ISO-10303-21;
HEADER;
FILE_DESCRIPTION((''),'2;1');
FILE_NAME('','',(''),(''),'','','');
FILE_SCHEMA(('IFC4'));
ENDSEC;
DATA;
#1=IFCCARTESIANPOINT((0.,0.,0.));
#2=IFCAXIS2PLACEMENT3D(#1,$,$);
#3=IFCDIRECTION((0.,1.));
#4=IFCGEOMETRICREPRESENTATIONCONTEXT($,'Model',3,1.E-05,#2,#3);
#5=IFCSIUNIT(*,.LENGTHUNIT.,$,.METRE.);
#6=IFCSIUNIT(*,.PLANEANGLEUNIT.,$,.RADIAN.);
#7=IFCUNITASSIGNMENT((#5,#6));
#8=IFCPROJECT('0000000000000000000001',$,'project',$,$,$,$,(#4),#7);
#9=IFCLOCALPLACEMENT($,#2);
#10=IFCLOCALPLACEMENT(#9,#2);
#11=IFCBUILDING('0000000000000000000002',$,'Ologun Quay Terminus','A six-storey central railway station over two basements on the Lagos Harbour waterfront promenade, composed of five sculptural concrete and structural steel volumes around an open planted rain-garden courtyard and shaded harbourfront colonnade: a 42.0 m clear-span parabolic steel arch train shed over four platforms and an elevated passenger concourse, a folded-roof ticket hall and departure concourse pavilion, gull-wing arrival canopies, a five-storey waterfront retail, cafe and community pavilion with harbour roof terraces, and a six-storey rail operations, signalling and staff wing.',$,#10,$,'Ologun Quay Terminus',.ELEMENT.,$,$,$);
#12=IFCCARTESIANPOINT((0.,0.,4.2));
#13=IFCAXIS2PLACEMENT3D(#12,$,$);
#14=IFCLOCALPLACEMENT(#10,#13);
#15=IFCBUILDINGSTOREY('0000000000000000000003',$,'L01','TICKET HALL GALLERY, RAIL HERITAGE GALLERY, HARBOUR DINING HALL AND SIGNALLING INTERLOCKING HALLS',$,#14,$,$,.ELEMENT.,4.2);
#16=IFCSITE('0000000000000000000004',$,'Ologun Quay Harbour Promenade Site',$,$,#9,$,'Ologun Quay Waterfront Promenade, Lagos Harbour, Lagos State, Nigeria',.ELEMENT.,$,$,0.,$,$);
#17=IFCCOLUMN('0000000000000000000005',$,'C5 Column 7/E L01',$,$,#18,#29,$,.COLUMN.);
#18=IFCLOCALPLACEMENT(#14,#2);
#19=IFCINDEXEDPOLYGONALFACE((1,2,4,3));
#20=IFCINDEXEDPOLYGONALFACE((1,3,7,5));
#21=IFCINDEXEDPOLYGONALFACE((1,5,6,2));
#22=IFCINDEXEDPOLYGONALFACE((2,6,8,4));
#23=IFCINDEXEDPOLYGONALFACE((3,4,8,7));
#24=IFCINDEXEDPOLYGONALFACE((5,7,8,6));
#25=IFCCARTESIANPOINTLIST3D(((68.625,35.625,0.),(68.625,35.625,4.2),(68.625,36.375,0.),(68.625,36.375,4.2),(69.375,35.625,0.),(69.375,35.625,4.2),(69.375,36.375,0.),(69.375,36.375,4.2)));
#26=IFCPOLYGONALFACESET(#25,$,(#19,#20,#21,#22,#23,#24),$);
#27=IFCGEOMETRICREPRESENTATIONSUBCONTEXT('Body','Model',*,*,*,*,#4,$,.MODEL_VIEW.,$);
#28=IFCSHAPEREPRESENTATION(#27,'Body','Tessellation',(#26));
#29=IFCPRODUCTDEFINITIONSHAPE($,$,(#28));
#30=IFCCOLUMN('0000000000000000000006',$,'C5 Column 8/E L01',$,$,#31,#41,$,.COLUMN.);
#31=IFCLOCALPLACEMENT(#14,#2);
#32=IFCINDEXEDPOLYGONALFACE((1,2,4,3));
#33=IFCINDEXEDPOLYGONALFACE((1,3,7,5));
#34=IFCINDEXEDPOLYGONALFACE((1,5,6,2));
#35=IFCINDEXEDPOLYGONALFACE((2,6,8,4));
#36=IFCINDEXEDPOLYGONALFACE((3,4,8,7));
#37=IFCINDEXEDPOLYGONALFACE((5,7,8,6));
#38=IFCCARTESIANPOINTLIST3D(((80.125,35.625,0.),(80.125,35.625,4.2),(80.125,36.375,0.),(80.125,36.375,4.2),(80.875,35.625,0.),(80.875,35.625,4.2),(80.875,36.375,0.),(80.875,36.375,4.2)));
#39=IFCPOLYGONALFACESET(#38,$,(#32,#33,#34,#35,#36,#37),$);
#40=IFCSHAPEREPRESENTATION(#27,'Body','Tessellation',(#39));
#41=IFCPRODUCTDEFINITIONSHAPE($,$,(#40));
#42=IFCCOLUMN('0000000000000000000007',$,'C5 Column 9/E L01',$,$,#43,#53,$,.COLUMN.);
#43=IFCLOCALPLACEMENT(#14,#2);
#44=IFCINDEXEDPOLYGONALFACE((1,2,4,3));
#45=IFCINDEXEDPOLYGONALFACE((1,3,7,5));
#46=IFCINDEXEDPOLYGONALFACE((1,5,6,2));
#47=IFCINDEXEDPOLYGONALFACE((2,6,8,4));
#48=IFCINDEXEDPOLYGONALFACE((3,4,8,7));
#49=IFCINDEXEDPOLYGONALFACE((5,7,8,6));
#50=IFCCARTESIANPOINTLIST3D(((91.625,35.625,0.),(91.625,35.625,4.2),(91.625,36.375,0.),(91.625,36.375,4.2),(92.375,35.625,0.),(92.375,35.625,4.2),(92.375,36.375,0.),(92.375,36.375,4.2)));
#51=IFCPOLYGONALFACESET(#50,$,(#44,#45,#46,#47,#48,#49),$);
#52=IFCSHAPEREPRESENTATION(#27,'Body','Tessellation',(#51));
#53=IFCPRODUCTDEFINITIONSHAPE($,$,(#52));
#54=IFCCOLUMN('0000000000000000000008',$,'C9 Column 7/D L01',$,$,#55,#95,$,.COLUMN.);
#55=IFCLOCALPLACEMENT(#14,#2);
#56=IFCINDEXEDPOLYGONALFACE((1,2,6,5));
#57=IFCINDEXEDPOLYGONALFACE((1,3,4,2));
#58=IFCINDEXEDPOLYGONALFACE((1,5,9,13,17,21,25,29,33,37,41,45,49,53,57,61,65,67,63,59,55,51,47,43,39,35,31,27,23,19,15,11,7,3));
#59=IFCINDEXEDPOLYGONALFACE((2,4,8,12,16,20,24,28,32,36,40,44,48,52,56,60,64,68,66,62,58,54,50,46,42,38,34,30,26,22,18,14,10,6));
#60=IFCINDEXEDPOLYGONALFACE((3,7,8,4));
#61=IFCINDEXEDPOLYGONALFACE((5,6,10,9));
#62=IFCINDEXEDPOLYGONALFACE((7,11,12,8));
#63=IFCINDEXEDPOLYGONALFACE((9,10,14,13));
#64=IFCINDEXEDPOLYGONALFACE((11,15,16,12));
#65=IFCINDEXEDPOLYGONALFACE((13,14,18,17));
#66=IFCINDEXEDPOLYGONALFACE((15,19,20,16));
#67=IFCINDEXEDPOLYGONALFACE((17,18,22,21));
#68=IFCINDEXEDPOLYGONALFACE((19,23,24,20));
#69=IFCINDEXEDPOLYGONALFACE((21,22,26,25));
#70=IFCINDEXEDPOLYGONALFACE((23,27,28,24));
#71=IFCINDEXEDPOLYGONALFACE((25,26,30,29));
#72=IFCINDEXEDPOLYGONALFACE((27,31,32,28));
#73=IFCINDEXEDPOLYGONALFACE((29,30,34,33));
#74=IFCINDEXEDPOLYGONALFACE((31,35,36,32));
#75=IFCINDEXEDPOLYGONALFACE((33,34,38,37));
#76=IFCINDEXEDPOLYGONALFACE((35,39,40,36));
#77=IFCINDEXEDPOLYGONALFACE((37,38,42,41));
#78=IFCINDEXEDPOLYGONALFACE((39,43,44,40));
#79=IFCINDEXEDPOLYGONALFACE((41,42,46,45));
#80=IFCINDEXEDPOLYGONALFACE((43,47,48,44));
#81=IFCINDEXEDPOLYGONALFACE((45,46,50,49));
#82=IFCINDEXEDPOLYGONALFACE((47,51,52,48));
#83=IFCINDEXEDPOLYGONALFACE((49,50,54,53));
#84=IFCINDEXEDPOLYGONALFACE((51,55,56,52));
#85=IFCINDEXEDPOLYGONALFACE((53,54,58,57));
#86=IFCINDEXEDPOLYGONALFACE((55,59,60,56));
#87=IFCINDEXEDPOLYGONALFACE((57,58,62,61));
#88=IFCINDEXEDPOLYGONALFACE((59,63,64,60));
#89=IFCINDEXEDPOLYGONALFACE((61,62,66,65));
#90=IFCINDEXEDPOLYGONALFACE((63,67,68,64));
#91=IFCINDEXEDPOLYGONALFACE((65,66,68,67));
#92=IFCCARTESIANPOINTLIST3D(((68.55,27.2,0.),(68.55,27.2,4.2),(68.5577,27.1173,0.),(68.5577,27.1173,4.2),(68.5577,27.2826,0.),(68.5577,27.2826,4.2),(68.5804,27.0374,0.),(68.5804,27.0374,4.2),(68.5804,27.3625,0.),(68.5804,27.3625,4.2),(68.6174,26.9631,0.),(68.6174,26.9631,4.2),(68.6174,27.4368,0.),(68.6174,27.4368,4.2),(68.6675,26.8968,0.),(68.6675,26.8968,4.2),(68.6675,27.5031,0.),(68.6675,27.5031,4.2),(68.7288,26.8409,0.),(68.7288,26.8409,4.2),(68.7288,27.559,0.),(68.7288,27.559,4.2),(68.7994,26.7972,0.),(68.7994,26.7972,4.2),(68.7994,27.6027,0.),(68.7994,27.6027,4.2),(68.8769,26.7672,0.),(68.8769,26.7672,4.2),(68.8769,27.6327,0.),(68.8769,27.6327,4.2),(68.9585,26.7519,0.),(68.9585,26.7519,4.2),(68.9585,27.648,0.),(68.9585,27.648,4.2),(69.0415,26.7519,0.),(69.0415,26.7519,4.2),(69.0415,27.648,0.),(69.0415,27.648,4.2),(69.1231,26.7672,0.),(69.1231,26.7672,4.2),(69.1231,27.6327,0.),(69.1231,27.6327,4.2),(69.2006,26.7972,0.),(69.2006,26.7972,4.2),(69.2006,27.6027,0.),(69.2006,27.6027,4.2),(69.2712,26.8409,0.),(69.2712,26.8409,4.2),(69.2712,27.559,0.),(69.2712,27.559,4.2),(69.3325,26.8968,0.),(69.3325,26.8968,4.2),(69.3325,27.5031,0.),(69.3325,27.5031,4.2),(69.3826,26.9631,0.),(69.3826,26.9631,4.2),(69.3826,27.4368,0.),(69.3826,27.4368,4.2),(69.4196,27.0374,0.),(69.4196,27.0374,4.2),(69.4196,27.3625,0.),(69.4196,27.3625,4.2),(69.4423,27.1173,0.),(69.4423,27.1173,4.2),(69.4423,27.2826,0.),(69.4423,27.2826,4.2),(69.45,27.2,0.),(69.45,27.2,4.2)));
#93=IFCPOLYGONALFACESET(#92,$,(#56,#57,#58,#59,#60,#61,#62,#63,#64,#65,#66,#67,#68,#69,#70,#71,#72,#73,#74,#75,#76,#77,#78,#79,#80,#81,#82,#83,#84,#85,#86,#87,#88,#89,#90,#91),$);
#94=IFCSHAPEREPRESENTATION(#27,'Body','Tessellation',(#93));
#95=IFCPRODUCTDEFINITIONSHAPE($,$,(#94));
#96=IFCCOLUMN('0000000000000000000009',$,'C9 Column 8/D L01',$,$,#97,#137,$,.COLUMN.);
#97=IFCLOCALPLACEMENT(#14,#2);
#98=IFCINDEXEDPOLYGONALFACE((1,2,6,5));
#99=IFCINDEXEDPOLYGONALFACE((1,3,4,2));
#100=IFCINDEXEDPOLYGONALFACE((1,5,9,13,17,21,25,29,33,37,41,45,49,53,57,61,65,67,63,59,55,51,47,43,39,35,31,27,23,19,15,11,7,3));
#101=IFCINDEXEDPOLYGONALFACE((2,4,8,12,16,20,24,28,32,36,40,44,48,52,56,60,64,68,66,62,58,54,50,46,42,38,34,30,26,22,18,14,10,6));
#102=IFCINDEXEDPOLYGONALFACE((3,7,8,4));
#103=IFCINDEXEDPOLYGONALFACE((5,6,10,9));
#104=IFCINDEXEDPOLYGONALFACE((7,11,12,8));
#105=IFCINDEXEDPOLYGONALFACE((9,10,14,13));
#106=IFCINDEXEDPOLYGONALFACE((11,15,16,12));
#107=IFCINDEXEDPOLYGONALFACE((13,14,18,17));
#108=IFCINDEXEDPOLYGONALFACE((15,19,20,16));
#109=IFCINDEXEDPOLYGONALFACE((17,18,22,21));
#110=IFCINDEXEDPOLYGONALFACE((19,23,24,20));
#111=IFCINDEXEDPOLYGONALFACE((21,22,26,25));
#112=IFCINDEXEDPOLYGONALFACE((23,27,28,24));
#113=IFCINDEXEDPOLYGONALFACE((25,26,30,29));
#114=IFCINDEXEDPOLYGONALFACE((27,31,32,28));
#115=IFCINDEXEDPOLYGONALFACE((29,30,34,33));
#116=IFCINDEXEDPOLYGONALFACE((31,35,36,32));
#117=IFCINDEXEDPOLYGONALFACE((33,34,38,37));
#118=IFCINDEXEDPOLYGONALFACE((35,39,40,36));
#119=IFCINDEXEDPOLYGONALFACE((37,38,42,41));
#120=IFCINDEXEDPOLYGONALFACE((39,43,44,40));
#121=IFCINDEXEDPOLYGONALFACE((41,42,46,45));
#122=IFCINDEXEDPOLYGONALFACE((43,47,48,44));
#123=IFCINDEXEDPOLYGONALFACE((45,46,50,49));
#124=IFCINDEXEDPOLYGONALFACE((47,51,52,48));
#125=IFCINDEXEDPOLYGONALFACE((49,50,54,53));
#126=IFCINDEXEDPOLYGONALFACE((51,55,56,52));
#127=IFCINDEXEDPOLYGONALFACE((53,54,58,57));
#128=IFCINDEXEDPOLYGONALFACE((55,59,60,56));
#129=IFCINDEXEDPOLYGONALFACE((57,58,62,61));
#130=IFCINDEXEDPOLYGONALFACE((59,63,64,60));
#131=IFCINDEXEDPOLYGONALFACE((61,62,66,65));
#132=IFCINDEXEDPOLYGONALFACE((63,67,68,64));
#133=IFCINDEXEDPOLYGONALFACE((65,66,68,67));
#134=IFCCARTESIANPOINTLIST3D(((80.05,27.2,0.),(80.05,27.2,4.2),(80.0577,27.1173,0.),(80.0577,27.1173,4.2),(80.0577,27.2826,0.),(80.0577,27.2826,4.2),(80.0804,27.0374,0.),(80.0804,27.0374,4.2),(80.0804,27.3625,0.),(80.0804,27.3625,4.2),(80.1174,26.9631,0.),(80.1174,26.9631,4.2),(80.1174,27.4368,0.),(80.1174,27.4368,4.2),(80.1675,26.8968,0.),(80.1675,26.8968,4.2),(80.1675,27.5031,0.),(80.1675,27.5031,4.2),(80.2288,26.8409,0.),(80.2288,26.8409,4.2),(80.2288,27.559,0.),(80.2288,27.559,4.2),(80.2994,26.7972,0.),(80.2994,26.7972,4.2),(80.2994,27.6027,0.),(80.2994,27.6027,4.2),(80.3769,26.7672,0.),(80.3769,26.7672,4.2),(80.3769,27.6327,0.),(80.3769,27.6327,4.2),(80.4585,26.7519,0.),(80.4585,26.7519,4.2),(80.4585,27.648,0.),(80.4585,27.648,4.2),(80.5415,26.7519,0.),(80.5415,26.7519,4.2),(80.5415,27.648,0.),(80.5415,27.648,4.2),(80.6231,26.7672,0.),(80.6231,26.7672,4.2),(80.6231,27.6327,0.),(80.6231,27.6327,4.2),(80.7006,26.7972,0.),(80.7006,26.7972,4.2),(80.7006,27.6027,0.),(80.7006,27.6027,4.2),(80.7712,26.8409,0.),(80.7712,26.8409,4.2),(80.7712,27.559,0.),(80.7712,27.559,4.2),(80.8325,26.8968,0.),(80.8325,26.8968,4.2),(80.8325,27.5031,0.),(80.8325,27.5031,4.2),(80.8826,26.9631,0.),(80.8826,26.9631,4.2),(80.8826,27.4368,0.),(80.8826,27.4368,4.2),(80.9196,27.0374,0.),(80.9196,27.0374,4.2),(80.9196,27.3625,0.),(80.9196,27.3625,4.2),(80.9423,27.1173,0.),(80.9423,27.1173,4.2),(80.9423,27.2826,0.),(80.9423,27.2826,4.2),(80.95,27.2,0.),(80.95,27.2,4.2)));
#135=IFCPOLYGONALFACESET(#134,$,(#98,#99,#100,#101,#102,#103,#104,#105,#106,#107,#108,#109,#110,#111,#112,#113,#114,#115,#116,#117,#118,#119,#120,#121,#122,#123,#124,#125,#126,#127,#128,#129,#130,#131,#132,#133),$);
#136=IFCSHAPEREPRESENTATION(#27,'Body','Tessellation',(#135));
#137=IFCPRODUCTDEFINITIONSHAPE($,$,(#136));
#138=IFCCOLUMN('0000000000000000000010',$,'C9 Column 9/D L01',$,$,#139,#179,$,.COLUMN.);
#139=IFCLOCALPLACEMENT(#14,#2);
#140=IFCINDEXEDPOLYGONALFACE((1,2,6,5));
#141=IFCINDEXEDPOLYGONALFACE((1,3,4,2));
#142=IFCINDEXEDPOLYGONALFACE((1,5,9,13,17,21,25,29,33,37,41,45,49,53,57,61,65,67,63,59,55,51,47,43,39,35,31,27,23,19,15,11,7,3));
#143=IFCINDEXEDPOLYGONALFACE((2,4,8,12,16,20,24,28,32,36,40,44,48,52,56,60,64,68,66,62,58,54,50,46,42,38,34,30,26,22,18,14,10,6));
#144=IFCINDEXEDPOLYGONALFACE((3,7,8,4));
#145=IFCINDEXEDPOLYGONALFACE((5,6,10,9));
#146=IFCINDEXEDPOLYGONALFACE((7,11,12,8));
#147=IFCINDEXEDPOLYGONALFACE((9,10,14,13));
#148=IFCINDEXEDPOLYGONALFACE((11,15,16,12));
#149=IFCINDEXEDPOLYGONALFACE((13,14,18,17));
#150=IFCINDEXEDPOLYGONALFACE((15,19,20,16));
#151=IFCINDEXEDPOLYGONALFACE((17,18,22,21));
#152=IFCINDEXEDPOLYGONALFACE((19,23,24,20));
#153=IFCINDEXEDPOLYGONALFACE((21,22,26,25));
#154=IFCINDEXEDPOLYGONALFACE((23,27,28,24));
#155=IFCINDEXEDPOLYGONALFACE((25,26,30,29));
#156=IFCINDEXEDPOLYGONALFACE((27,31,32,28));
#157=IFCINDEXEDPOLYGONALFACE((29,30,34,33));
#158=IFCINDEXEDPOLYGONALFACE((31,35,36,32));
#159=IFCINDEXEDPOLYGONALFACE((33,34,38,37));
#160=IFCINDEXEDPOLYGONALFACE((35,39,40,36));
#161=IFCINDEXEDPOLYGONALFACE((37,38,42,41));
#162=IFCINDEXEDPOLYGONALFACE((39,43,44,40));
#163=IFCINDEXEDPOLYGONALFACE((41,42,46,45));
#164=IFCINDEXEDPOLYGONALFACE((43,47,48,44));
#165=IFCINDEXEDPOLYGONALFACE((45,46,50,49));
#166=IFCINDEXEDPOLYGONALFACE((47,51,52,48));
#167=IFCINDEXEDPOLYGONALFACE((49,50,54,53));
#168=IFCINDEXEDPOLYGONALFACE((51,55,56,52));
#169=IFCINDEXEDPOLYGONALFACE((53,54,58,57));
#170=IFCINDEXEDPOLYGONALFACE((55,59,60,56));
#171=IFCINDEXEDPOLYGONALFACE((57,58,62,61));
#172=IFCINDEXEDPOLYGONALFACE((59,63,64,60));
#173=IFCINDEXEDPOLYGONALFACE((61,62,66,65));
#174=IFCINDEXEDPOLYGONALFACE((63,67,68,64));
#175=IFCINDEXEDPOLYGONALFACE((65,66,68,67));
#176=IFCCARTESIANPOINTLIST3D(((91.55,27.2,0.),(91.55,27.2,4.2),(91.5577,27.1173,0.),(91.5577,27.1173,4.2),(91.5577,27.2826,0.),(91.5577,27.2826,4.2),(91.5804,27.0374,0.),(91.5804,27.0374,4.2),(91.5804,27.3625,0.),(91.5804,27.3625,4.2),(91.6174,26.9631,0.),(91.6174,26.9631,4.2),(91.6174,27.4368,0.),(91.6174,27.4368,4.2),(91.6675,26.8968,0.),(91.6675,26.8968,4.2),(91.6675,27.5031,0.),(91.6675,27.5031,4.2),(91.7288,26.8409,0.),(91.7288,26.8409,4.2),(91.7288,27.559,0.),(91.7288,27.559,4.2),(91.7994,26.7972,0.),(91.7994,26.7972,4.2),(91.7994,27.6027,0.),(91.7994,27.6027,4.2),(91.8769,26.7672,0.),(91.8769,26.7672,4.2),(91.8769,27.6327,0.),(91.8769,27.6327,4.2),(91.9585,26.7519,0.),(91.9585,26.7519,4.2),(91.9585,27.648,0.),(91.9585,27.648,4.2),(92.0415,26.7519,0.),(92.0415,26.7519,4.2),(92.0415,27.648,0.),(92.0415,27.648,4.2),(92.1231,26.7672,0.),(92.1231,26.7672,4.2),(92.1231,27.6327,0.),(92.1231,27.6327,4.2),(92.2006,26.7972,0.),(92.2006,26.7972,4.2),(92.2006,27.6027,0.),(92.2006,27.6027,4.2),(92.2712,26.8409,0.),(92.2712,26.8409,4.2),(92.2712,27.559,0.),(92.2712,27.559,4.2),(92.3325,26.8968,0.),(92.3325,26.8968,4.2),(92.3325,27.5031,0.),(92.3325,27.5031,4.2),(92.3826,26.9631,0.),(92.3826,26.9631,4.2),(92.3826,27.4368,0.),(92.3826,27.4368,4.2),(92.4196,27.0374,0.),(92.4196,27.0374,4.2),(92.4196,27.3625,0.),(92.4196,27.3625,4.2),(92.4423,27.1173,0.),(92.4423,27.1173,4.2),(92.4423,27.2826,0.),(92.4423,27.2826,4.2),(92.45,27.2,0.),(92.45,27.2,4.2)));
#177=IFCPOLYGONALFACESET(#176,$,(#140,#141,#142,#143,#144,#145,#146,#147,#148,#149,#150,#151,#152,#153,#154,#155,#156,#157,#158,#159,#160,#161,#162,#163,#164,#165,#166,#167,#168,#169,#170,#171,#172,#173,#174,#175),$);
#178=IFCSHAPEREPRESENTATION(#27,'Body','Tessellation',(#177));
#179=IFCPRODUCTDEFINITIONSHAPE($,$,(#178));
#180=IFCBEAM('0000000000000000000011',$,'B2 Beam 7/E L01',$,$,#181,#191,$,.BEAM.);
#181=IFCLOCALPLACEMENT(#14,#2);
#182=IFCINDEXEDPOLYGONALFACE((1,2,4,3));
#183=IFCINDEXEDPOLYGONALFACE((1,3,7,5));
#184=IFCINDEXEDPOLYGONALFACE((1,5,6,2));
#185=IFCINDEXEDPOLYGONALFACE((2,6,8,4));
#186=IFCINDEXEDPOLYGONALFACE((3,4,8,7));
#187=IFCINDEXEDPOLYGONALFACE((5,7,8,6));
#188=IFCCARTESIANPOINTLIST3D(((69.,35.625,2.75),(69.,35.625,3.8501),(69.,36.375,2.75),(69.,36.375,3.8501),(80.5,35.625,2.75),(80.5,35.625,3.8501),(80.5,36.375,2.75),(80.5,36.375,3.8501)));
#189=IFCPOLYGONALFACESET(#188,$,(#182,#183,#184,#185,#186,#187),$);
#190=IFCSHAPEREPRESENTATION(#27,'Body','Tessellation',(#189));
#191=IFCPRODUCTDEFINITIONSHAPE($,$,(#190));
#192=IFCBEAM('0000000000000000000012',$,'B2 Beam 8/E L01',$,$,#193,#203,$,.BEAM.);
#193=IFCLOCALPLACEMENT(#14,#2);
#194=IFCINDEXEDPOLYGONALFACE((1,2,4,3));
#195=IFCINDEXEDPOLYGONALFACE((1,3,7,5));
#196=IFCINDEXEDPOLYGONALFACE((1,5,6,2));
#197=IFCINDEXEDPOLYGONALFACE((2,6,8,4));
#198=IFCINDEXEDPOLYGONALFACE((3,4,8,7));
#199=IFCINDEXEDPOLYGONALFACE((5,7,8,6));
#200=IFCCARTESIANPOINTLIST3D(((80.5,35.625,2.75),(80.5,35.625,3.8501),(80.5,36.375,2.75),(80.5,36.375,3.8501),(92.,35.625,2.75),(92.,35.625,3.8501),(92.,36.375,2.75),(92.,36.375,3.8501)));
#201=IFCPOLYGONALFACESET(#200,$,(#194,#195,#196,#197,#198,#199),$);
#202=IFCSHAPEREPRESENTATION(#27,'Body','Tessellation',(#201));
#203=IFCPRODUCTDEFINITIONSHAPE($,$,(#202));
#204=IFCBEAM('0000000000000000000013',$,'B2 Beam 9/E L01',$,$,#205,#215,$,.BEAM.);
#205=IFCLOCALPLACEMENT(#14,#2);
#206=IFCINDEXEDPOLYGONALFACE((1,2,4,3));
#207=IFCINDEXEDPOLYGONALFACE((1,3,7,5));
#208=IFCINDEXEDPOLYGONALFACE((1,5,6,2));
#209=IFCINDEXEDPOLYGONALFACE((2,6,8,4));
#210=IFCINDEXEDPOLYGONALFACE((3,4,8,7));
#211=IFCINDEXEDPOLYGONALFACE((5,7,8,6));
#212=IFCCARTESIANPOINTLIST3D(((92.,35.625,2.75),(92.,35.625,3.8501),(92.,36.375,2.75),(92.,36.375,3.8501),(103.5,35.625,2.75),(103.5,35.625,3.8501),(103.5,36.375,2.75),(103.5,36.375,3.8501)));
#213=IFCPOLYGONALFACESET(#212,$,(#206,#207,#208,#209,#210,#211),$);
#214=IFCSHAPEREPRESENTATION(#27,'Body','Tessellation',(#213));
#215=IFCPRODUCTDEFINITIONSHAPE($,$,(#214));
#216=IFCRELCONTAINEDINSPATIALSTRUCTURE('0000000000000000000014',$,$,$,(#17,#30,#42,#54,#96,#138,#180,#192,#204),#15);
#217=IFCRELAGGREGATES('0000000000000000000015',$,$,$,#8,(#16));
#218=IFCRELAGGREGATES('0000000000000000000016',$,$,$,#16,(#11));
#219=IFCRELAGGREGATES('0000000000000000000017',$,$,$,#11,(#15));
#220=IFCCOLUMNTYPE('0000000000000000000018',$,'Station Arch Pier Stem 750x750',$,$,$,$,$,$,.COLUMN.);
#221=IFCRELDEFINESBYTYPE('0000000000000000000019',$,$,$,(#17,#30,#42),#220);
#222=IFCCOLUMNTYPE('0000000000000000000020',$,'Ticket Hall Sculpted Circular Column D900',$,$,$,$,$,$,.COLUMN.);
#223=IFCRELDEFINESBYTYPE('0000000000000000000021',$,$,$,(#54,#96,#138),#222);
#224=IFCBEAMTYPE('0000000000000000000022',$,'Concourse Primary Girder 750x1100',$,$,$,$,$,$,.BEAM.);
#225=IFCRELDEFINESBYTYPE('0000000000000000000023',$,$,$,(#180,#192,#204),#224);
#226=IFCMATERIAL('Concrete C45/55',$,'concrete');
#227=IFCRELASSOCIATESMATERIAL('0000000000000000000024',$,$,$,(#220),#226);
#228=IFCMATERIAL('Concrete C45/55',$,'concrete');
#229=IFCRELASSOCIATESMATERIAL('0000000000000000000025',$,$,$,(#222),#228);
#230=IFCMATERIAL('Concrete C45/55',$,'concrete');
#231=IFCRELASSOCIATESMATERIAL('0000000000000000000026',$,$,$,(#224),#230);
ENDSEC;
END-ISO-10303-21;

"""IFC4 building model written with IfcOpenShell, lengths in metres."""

from ifc_helpers import new_model, si_unit, direction, frame, origin, origin_2d, place, context, subcontext, project, spatial, rectangle, circle, extrude, material, material_profile, profile_set, type_object, element, save


model = new_model("IFC4")

# Units and contexts
model_context = context("Model", 3, precision=1e-05, world=origin(), true_north=direction((0.0, 1.0)))
body_context = subcontext(model_context, "Body", "Model", "MODEL_VIEW")
ifc_project = project(units=[si_unit("LENGTHUNIT", "METRE"), si_unit("PLANEANGLEUNIT", "RADIAN")], contexts=[model_context])

# Site, building, storey
site_placement = place(None, origin())
site = spatial("IfcSite", under=ifc_project, at=site_placement, Name="Ologun Quay Harbour Promenade Site", LongName="Ologun Quay Waterfront Promenade, Lagos Harbour, Lagos State, Nigeria", CompositionType="ELEMENT", RefElevation=0.0)
building_placement = place(site_placement, origin())
building = spatial("IfcBuilding", under=site, at=building_placement, Name="Ologun Quay Terminus", Description="A six-storey central railway station over two basements on the Lagos Harbour waterfront promenade, composed of five sculptural concrete and structural steel volumes around an open planted rain-garden courtyard and shaded harbourfront colonnade: a 42.0 m clear-span parabolic steel arch train shed over four platforms and an elevated passenger concourse, a folded-roof ticket hall and departure concourse pavilion, gull-wing arrival canopies, a five-storey waterfront retail, cafe and community pavilion with harbour roof terraces, and a six-storey rail operations, signalling and staff wing.", LongName="Ologun Quay Terminus", CompositionType="ELEMENT")
storey_placement = place(building_placement, frame((0.0, 0.0, 4.2)))
storey = spatial("IfcBuildingStorey", under=building, at=storey_placement, Name="L01", Description="TICKET HALL GALLERY, RAIL HERITAGE GALLERY, HARBOUR DINING HALL AND SIGNALLING INTERLOCKING HALLS", CompositionType="ELEMENT", Elevation=4.2)

# Columns
ifc_material_1 = material(Name="Concrete C45/55", Category="concrete")
ifc_material_profile_1 = material_profile(ifc_material_1, rectangle(XDim=0.75, YDim=0.75, at=origin_2d()), Name="RC 750x750")
ifc_profile_set_1 = profile_set([ifc_material_profile_1], Name="Concrete C45/55")
column_type_1 = type_object("IfcColumnType", Name="Station Arch Pier Stem 750x750", PredefinedType="COLUMN", material=ifc_profile_set_1)
for number, where, z_axis, x_axis, name in (
    (1, (69.0, 36.0, 0.0), (0.0, 0.0, 1.0), (1.0, 0.0, 0.0), "C5 Column 7/E L01"),
    (2, (80.5, 36.0, 0.0), (0.0, 0.0, 1.0), (1.0, 0.0, 0.0), "C5 Column 8/E L01"),
    (3, (92.0, 36.0, 0.0), (0.0, 0.0, 1.0), (1.0, 0.0, 0.0), "C5 Column 9/E L01"),
):
    element("IfcColumn", number, at=place(storey_placement, frame(where, z_axis=z_axis, x_axis=x_axis)), inside=storey, type_object=column_type_1, Name=name, PredefinedType="COLUMN", context=body_context, shape_type="SweptSolid", body=[
        extrude(rectangle(XDim=0.75, YDim=0.75, at=origin_2d()), origin(), (0.0, 0.0, 1.0), 4.2),
    ])
ifc_material_2 = material(Name="Concrete C45/55", Category="concrete")
ifc_material_profile_2 = material_profile(ifc_material_2, circle(Radius=0.45, at=origin_2d()), Name="RC D900")
ifc_profile_set_2 = profile_set([ifc_material_profile_2], Name="Concrete C45/55")
column_type_2 = type_object("IfcColumnType", Name="Ticket Hall Sculpted Circular Column D900", PredefinedType="COLUMN", material=ifc_profile_set_2)
for number, where, z_axis, x_axis, name in (
    (4, (69.0, 27.2, 0.0), (0.0, 0.0, 1.0), (1.0, 0.0, 0.0), "C9 Column 7/D L01"),
    (5, (80.5, 27.2, 0.0), (0.0, 0.0, 1.0), (1.0, 0.0, 0.0), "C9 Column 8/D L01"),
    (6, (92.0, 27.2, 0.0), (0.0, 0.0, 1.0), (1.0, 0.0, 0.0), "C9 Column 9/D L01"),
):
    element("IfcColumn", number, at=place(storey_placement, frame(where, z_axis=z_axis, x_axis=x_axis)), inside=storey, type_object=column_type_2, Name=name, PredefinedType="COLUMN", context=body_context, shape_type="SweptSolid", body=[
        extrude(circle(Radius=0.45, at=origin_2d()), origin(), (0.0, 0.0, 1.0), 4.2),
    ])

# Beams
ifc_material_3 = material(Name="Concrete C45/55", Category="concrete")
ifc_material_profile_3 = material_profile(ifc_material_3, rectangle(XDim=0.75, YDim=1.1001, at=origin_2d()), Name="RC 750x1100")
ifc_profile_set_3 = profile_set([ifc_material_profile_3], Name="Concrete C45/55")
beam_type_1 = type_object("IfcBeamType", Name="Concourse Primary Girder 750x1100", PredefinedType="BEAM", material=ifc_profile_set_3)
for number, where, z_axis, x_axis, name in (
    (7, (69.0, 36.0, 3.3), (1.0, 0.0, 0.0), (0.0, 1.0, 0.0), "B2 Beam 7/E L01"),
    (8, (80.5, 36.0, 3.3), (1.0, 0.0, 0.0), (0.0, 1.0, 0.0), "B2 Beam 8/E L01"),
    (9, (92.0, 36.0, 3.3), (1.0, 0.0, 0.0), (0.0, 1.0, 0.0), "B2 Beam 9/E L01"),
):
    element("IfcBeam", number, at=place(storey_placement, frame(where, z_axis=z_axis, x_axis=x_axis)), inside=storey, type_object=beam_type_1, Name=name, PredefinedType="BEAM", context=body_context, shape_type="SweptSolid", body=[
        extrude(rectangle(XDim=0.75, YDim=1.1001, at=origin_2d()), origin(), (0.0, 0.0, 1.0), 11.5),
    ])

save(model, "model.ifc")
